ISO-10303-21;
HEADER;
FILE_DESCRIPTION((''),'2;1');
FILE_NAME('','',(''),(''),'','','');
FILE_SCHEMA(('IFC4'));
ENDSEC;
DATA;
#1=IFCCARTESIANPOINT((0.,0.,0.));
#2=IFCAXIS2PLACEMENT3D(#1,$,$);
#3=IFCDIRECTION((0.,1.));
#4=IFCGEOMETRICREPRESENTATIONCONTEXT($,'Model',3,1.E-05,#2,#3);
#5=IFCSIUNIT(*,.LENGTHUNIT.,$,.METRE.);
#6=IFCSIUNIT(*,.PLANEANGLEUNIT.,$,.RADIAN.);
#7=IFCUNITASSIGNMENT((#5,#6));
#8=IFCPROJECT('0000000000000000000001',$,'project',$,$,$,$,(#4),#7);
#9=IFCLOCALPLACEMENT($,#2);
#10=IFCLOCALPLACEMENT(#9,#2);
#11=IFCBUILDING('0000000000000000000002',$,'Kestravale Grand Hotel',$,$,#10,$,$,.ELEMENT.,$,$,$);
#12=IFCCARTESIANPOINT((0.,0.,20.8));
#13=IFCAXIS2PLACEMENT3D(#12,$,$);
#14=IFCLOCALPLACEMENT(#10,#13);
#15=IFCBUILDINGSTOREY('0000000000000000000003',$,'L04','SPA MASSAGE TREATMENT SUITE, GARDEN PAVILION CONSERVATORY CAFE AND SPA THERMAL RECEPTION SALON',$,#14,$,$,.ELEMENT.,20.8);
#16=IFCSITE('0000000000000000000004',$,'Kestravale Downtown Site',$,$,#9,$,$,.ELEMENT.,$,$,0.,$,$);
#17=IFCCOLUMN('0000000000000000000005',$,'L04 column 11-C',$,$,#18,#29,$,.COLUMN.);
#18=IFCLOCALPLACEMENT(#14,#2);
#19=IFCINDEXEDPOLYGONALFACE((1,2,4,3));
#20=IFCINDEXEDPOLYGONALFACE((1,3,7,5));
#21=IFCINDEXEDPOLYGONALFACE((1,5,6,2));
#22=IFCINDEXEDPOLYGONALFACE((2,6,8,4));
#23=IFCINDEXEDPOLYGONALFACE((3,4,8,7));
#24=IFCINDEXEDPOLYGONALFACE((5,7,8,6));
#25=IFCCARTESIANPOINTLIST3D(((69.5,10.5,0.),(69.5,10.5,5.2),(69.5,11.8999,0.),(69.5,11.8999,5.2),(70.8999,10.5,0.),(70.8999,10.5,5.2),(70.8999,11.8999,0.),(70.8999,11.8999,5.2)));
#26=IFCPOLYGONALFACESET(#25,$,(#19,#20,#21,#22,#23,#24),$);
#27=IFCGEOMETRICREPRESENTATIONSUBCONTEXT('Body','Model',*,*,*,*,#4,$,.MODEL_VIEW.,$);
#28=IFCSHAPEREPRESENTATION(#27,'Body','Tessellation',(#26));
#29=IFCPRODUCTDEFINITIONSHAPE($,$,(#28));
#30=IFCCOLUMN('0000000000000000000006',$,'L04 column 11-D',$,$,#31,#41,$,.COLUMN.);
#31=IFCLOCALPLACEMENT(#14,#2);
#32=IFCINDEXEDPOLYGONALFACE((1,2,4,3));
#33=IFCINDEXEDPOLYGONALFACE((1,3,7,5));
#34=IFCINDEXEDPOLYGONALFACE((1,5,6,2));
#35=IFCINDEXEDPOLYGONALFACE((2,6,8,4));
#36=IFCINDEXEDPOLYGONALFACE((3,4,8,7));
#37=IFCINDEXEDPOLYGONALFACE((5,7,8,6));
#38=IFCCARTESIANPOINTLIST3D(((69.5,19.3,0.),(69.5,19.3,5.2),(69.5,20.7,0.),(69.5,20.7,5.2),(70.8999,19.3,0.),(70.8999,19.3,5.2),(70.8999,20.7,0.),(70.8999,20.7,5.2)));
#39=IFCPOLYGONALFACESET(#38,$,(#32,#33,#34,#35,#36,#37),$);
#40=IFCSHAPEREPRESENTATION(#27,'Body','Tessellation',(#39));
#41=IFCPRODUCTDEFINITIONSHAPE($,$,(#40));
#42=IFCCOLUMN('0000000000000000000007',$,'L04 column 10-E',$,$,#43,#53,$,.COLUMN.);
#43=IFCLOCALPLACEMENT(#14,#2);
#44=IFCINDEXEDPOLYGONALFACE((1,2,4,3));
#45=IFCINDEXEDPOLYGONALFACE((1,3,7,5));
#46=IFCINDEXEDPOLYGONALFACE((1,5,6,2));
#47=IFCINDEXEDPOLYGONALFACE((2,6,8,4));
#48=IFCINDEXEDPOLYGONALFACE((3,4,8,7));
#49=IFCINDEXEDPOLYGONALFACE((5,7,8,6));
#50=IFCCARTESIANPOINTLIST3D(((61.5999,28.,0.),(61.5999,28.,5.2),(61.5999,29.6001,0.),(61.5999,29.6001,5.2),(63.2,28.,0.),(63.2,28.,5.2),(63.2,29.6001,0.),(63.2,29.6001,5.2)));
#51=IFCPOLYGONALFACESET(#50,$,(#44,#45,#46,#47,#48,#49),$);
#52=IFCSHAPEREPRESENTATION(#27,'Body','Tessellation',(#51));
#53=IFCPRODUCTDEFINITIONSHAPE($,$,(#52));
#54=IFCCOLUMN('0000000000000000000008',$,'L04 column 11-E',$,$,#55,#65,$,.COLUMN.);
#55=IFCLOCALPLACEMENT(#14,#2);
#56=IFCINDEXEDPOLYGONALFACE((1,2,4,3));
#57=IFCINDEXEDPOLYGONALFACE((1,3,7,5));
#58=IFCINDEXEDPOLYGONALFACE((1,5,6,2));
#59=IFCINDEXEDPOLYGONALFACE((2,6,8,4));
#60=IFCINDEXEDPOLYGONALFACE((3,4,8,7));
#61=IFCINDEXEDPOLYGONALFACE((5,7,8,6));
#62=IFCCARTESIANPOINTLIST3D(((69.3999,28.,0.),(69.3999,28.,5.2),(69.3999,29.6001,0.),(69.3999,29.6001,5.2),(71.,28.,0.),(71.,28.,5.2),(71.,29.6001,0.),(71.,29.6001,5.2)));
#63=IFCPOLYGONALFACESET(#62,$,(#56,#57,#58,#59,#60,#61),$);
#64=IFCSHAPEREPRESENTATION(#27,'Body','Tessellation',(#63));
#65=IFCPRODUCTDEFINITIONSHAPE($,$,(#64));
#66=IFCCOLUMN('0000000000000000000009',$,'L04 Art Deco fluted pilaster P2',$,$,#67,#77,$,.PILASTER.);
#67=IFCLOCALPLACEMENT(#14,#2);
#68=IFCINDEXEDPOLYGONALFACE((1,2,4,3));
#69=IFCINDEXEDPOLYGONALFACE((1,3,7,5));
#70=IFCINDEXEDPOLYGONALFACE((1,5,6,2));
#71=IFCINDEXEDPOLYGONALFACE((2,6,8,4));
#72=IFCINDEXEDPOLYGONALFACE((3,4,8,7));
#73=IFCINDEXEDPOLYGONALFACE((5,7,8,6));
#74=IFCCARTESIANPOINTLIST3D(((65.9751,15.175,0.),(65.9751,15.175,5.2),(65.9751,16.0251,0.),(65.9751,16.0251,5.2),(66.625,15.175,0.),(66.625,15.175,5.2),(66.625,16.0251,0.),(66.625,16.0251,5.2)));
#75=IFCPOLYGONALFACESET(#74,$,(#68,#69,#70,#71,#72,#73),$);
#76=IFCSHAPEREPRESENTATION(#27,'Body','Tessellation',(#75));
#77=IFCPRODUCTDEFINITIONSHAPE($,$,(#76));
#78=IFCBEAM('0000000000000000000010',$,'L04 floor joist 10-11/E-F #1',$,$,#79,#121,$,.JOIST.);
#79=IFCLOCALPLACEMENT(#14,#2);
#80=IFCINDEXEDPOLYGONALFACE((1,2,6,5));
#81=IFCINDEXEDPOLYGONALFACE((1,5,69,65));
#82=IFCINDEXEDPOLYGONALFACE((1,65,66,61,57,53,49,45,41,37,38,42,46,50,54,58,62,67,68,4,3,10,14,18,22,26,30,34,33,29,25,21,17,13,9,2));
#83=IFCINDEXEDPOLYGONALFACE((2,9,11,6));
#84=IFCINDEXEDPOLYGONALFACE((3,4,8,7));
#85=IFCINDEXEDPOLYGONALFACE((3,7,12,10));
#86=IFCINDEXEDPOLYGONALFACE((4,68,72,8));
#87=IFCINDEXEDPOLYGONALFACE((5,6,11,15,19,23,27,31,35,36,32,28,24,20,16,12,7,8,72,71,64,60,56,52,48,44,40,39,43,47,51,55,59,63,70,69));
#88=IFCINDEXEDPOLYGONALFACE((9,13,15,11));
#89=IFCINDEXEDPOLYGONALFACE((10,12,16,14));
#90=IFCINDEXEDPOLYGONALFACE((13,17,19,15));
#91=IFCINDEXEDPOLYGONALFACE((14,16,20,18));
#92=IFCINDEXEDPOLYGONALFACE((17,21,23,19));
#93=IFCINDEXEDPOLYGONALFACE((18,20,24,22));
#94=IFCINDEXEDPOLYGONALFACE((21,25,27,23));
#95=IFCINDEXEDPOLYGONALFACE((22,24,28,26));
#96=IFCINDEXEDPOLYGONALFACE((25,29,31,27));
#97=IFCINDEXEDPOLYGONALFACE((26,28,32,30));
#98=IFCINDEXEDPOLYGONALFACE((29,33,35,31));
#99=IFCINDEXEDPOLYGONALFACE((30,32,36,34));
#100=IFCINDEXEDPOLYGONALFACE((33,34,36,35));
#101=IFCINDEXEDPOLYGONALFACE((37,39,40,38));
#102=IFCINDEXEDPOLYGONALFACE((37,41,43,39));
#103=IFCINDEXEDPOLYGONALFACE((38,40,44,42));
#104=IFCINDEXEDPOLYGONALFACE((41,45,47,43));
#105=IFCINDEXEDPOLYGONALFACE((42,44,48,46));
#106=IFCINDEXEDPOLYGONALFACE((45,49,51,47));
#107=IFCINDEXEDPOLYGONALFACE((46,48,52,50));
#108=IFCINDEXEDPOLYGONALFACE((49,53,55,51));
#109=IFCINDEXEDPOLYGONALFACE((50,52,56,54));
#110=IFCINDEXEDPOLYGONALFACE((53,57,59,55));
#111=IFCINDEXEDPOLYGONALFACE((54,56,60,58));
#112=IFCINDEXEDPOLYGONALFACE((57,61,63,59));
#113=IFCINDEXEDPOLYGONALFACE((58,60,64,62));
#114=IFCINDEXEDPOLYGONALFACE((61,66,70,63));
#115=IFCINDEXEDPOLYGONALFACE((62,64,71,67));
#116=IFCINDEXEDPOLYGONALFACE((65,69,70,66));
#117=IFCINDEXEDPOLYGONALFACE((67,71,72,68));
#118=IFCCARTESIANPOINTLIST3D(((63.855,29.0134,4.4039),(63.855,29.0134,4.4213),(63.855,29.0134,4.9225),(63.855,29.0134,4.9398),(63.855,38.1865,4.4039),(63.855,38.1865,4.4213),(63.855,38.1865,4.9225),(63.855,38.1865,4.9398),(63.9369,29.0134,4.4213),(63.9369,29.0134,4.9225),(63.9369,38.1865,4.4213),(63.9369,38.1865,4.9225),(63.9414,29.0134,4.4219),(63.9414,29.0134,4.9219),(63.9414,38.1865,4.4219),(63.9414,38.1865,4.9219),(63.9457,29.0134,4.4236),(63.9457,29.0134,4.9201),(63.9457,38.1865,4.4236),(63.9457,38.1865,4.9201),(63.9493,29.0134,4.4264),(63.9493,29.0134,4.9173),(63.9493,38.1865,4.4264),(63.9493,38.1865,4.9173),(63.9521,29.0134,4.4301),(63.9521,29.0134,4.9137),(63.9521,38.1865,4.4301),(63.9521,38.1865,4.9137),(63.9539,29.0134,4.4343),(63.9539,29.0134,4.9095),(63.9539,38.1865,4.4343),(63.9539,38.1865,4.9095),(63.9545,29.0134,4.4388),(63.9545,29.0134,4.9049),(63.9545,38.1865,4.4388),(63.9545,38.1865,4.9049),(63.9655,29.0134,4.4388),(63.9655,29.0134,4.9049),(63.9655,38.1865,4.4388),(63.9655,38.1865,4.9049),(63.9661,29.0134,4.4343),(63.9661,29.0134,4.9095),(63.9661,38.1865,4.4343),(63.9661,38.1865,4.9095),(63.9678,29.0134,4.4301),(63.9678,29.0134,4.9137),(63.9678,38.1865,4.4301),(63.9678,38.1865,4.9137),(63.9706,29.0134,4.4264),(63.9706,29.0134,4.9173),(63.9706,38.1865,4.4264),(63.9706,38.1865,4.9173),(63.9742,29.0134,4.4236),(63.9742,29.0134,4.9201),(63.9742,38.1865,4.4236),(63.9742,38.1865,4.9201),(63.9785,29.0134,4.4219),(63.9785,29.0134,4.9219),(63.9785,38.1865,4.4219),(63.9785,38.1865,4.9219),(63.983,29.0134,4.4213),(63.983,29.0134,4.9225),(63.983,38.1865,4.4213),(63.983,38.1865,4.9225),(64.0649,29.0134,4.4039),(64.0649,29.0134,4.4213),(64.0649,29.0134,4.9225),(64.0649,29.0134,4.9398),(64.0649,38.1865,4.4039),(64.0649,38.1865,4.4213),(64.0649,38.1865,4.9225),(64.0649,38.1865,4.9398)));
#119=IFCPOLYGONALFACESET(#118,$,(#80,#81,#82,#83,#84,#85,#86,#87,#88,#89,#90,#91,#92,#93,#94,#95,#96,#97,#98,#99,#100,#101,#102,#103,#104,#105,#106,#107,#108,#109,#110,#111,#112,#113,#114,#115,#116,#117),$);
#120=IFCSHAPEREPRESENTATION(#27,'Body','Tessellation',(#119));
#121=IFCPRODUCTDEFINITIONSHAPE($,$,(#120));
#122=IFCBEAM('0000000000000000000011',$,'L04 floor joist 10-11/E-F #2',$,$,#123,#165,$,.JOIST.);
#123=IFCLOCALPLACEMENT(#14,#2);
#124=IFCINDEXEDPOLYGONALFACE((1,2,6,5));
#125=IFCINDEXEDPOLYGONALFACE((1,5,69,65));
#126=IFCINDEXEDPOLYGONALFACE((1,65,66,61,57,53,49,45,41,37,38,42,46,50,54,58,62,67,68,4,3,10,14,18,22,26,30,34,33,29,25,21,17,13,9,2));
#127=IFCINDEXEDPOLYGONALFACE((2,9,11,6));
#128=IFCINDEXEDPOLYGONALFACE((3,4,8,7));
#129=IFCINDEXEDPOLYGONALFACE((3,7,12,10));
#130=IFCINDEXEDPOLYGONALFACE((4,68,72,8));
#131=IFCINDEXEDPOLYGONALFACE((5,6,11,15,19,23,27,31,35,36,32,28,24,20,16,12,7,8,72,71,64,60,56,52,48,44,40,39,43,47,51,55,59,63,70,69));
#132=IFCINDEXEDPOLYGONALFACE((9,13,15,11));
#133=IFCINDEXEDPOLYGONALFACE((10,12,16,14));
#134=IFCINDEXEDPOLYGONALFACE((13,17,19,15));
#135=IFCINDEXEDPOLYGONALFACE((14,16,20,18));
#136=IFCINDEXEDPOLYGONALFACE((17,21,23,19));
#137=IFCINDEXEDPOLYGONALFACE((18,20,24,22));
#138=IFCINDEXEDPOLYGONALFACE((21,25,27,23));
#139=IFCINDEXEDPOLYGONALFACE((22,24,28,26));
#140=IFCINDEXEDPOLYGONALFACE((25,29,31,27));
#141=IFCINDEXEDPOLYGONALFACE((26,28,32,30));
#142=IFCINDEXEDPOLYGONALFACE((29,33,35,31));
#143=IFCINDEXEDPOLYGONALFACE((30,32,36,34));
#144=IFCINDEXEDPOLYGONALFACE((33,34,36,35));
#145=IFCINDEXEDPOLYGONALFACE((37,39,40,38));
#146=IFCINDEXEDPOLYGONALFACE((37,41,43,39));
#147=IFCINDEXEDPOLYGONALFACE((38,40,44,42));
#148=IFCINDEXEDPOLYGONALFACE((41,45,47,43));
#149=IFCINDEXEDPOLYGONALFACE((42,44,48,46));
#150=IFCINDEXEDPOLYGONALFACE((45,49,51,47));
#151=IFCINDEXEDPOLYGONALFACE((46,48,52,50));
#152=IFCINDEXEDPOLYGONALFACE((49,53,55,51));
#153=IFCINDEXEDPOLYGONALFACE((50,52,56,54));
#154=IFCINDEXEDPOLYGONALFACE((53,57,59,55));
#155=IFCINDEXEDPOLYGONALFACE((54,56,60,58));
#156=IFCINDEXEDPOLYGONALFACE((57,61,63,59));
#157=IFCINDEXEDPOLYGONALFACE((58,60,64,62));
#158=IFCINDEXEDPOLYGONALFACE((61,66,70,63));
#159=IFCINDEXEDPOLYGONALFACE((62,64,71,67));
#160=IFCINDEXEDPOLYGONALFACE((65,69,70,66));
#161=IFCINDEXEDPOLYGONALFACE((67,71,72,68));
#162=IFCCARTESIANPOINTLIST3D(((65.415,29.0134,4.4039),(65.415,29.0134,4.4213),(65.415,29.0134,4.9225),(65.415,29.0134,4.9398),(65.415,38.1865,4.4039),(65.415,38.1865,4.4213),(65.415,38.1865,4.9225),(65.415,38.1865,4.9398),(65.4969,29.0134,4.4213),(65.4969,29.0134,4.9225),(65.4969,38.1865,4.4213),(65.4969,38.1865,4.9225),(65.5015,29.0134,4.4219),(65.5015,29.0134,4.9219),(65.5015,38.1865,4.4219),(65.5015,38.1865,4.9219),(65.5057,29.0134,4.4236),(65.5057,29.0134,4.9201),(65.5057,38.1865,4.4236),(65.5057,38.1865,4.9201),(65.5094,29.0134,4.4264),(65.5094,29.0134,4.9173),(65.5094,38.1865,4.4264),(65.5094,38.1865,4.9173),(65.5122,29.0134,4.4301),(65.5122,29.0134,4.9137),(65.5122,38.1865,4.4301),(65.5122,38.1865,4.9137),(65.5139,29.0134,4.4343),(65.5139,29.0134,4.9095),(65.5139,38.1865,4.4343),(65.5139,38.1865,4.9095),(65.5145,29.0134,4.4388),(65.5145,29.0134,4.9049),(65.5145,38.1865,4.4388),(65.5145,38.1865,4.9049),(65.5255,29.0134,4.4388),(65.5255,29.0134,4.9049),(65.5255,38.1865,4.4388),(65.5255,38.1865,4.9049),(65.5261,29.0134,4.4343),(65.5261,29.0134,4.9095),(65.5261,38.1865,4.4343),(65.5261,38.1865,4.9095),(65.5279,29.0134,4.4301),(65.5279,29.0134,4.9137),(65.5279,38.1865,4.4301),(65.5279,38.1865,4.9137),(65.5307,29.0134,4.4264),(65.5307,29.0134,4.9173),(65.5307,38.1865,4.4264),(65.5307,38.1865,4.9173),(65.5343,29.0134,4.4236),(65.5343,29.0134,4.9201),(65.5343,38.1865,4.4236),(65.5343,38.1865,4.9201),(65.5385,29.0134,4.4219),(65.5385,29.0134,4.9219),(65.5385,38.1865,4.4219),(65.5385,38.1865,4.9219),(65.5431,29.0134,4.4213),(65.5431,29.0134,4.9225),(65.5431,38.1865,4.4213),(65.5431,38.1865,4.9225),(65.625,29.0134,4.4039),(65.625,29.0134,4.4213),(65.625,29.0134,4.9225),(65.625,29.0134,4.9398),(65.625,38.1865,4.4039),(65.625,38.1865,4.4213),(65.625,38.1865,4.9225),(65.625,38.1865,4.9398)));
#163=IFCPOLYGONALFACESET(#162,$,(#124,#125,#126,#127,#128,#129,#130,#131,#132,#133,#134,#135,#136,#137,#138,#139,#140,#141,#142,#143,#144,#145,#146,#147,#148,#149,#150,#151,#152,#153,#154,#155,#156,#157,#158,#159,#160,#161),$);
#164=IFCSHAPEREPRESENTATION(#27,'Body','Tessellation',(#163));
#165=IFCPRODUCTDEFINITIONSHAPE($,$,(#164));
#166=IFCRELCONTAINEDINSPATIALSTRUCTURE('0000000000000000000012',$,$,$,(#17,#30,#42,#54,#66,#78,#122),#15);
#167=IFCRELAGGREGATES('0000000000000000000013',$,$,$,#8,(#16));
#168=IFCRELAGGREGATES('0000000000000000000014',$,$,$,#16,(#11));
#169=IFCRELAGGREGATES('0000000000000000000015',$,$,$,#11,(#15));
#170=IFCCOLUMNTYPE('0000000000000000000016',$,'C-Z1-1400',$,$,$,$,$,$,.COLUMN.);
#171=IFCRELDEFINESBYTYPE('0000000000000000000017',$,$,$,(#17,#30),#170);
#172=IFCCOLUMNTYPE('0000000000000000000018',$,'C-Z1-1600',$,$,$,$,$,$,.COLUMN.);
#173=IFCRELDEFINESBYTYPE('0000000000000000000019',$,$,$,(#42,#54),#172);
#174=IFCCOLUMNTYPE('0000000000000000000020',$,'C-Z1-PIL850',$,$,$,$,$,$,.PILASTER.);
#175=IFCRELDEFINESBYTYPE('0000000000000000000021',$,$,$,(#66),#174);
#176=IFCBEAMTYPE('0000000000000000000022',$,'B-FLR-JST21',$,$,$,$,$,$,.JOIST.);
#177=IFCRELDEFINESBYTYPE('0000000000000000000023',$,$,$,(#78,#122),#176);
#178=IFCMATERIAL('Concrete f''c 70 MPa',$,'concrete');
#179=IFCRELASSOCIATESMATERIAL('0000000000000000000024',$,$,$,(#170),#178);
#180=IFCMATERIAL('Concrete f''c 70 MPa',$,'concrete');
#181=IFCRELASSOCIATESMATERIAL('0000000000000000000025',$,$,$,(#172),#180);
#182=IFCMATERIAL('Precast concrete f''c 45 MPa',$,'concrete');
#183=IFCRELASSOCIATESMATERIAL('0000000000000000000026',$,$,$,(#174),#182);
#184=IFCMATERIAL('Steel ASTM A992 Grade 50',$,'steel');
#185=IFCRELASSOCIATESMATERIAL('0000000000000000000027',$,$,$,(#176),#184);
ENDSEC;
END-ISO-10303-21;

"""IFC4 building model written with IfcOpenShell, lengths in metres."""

from ifc_helpers import new_model, si_unit, direction, frame, origin, origin_2d, place, context, subcontext, project, spatial, rectangle, i_section, extrude, material, material_profile, profile_set, type_object, element, save


model = new_model("IFC4")

# Units and contexts
model_context = context("Model", 3, precision=1e-05, world=origin(), true_north=direction((0.0, 1.0)))
body_context = subcontext(model_context, "Body", "Model", "MODEL_VIEW")
ifc_project = project(units=[si_unit("LENGTHUNIT", "METRE"), si_unit("PLANEANGLEUNIT", "RADIAN")], contexts=[model_context])

# Site, building, storey
site_placement = place(None, origin())
site = spatial("IfcSite", under=ifc_project, at=site_placement, Name="Kestravale Downtown Site", CompositionType="ELEMENT", RefElevation=0.0)
building_placement = place(site_placement, origin())
building = spatial("IfcBuilding", under=site, at=building_placement, Name="Kestravale Grand Hotel", CompositionType="ELEMENT")
storey_placement = place(building_placement, frame((0.0, 0.0, 20.8)))
storey = spatial("IfcBuildingStorey", under=building, at=storey_placement, Name="L04", Description="SPA MASSAGE TREATMENT SUITE, GARDEN PAVILION CONSERVATORY CAFE AND SPA THERMAL RECEPTION SALON", CompositionType="ELEMENT", Elevation=20.8)

# Columns
ifc_material_1 = material(Name="Concrete f'c 70 MPa", Category="concrete")
ifc_material_profile_1 = material_profile(ifc_material_1, rectangle(XDim=1.3999, YDim=1.3999, at=origin_2d()))
ifc_profile_set_1 = profile_set([ifc_material_profile_1], Name="Concrete f'c 70 MPa")
column_type_1 = type_object("IfcColumnType", Name="C-Z1-1400", PredefinedType="COLUMN", material=ifc_profile_set_1)
for number, where, z_axis, x_axis, name in (
    (1, (70.2, 11.2, 0.0), (0.0, 0.0, 1.0), (1.0, 0.0, 0.0), "L04 column 11-C"),
    (2, (70.2, 20.0, 0.0), (0.0, 0.0, 1.0), (1.0, 0.0, 0.0), "L04 column 11-D"),
):
    element("IfcColumn", number, at=place(storey_placement, frame(where, z_axis=z_axis, x_axis=x_axis)), inside=storey, type_object=column_type_1, Name=name, PredefinedType="COLUMN", context=body_context, shape_type="SweptSolid", body=[
        extrude(rectangle(XDim=1.3999, YDim=1.3999, at=origin_2d()), origin(), (0.0, 0.0, 1.0), 5.2),
    ])
ifc_material_2 = material(Name="Concrete f'c 70 MPa", Category="concrete")
ifc_material_profile_2 = material_profile(ifc_material_2, rectangle(XDim=1.6001, YDim=1.6001, at=origin_2d()))
ifc_profile_set_2 = profile_set([ifc_material_profile_2], Name="Concrete f'c 70 MPa")
column_type_2 = type_object("IfcColumnType", Name="C-Z1-1600", PredefinedType="COLUMN", material=ifc_profile_set_2)
for number, where, z_axis, x_axis, name in (
    (3, (62.3999, 28.8, 0.0), (0.0, 0.0, 1.0), (1.0, 0.0, 0.0), "L04 column 10-E"),
    (4, (70.2, 28.8, 0.0), (0.0, 0.0, 1.0), (1.0, 0.0, 0.0), "L04 column 11-E"),
):
    element("IfcColumn", number, at=place(storey_placement, frame(where, z_axis=z_axis, x_axis=x_axis)), inside=storey, type_object=column_type_2, Name=name, PredefinedType="COLUMN", context=body_context, shape_type="SweptSolid", body=[
        extrude(rectangle(XDim=1.6001, YDim=1.6001, at=origin_2d()), origin(), (0.0, 0.0, 1.0), 5.2),
    ])
ifc_material_3 = material(Name="Precast concrete f'c 45 MPa", Category="concrete")
ifc_material_profile_3 = material_profile(ifc_material_3, rectangle(XDim=0.6499, YDim=0.8501, at=origin_2d()))
ifc_profile_set_3 = profile_set([ifc_material_profile_3], Name="Precast concrete f'c 45 MPa")
column_type_3 = type_object("IfcColumnType", Name="C-Z1-PIL850", PredefinedType="PILASTER", material=ifc_profile_set_3)
column_placement = place(storey_placement, frame((66.3, 15.6001, 0.0), z_axis=(0.0, 0.0, 1.0), x_axis=(1.0, 0.0, 0.0)))
element("IfcColumn", 5, at=column_placement, inside=storey, type_object=column_type_3, Name="L04 Art Deco fluted pilaster P2", PredefinedType="PILASTER", context=body_context, shape_type="SweptSolid", body=[
    extrude(rectangle(XDim=0.6499, YDim=0.8501, at=origin_2d()), origin(), (0.0, 0.0, 1.0), 5.2),
])

# Beams
ifc_material_4 = material(Name="Steel ASTM A992 Grade 50", Category="steel")
ifc_material_profile_4 = material_profile(ifc_material_4, i_section(OverallWidth=0.21, OverallDepth=0.5359, WebThickness=0.011, FlangeThickness=0.0173, FilletRadius=0.0176, at=origin_2d()))
ifc_profile_set_4 = profile_set([ifc_material_profile_4], Name="Steel ASTM A992 Grade 50")
beam_type_1 = type_object("IfcBeamType", Name="B-FLR-JST21", PredefinedType="JOIST", material=ifc_profile_set_4)
for number, where, z_axis, x_axis, name in (
    (6, (63.96, 29.0134, 4.6719), (0.0, 1.0, 0.0), (-1.0, 0.0, 0.0), "L04 floor joist 10-11/E-F #1"),
    (7, (65.52, 29.0134, 4.6719), (0.0, 1.0, 0.0), (-1.0, 0.0, 0.0), "L04 floor joist 10-11/E-F #2"),
):
    element("IfcBeam", number, at=place(storey_placement, frame(where, z_axis=z_axis, x_axis=x_axis)), inside=storey, type_object=beam_type_1, Name=name, PredefinedType="JOIST", context=body_context, shape_type="SweptSolid", body=[
        extrude(i_section(OverallWidth=0.21, OverallDepth=0.5359, WebThickness=0.011, FlangeThickness=0.0173, FilletRadius=0.0176, at=origin_2d()), origin(), (0.0, 0.0, 1.0), 9.1731),
    ])

save(model, "model.ifc")
